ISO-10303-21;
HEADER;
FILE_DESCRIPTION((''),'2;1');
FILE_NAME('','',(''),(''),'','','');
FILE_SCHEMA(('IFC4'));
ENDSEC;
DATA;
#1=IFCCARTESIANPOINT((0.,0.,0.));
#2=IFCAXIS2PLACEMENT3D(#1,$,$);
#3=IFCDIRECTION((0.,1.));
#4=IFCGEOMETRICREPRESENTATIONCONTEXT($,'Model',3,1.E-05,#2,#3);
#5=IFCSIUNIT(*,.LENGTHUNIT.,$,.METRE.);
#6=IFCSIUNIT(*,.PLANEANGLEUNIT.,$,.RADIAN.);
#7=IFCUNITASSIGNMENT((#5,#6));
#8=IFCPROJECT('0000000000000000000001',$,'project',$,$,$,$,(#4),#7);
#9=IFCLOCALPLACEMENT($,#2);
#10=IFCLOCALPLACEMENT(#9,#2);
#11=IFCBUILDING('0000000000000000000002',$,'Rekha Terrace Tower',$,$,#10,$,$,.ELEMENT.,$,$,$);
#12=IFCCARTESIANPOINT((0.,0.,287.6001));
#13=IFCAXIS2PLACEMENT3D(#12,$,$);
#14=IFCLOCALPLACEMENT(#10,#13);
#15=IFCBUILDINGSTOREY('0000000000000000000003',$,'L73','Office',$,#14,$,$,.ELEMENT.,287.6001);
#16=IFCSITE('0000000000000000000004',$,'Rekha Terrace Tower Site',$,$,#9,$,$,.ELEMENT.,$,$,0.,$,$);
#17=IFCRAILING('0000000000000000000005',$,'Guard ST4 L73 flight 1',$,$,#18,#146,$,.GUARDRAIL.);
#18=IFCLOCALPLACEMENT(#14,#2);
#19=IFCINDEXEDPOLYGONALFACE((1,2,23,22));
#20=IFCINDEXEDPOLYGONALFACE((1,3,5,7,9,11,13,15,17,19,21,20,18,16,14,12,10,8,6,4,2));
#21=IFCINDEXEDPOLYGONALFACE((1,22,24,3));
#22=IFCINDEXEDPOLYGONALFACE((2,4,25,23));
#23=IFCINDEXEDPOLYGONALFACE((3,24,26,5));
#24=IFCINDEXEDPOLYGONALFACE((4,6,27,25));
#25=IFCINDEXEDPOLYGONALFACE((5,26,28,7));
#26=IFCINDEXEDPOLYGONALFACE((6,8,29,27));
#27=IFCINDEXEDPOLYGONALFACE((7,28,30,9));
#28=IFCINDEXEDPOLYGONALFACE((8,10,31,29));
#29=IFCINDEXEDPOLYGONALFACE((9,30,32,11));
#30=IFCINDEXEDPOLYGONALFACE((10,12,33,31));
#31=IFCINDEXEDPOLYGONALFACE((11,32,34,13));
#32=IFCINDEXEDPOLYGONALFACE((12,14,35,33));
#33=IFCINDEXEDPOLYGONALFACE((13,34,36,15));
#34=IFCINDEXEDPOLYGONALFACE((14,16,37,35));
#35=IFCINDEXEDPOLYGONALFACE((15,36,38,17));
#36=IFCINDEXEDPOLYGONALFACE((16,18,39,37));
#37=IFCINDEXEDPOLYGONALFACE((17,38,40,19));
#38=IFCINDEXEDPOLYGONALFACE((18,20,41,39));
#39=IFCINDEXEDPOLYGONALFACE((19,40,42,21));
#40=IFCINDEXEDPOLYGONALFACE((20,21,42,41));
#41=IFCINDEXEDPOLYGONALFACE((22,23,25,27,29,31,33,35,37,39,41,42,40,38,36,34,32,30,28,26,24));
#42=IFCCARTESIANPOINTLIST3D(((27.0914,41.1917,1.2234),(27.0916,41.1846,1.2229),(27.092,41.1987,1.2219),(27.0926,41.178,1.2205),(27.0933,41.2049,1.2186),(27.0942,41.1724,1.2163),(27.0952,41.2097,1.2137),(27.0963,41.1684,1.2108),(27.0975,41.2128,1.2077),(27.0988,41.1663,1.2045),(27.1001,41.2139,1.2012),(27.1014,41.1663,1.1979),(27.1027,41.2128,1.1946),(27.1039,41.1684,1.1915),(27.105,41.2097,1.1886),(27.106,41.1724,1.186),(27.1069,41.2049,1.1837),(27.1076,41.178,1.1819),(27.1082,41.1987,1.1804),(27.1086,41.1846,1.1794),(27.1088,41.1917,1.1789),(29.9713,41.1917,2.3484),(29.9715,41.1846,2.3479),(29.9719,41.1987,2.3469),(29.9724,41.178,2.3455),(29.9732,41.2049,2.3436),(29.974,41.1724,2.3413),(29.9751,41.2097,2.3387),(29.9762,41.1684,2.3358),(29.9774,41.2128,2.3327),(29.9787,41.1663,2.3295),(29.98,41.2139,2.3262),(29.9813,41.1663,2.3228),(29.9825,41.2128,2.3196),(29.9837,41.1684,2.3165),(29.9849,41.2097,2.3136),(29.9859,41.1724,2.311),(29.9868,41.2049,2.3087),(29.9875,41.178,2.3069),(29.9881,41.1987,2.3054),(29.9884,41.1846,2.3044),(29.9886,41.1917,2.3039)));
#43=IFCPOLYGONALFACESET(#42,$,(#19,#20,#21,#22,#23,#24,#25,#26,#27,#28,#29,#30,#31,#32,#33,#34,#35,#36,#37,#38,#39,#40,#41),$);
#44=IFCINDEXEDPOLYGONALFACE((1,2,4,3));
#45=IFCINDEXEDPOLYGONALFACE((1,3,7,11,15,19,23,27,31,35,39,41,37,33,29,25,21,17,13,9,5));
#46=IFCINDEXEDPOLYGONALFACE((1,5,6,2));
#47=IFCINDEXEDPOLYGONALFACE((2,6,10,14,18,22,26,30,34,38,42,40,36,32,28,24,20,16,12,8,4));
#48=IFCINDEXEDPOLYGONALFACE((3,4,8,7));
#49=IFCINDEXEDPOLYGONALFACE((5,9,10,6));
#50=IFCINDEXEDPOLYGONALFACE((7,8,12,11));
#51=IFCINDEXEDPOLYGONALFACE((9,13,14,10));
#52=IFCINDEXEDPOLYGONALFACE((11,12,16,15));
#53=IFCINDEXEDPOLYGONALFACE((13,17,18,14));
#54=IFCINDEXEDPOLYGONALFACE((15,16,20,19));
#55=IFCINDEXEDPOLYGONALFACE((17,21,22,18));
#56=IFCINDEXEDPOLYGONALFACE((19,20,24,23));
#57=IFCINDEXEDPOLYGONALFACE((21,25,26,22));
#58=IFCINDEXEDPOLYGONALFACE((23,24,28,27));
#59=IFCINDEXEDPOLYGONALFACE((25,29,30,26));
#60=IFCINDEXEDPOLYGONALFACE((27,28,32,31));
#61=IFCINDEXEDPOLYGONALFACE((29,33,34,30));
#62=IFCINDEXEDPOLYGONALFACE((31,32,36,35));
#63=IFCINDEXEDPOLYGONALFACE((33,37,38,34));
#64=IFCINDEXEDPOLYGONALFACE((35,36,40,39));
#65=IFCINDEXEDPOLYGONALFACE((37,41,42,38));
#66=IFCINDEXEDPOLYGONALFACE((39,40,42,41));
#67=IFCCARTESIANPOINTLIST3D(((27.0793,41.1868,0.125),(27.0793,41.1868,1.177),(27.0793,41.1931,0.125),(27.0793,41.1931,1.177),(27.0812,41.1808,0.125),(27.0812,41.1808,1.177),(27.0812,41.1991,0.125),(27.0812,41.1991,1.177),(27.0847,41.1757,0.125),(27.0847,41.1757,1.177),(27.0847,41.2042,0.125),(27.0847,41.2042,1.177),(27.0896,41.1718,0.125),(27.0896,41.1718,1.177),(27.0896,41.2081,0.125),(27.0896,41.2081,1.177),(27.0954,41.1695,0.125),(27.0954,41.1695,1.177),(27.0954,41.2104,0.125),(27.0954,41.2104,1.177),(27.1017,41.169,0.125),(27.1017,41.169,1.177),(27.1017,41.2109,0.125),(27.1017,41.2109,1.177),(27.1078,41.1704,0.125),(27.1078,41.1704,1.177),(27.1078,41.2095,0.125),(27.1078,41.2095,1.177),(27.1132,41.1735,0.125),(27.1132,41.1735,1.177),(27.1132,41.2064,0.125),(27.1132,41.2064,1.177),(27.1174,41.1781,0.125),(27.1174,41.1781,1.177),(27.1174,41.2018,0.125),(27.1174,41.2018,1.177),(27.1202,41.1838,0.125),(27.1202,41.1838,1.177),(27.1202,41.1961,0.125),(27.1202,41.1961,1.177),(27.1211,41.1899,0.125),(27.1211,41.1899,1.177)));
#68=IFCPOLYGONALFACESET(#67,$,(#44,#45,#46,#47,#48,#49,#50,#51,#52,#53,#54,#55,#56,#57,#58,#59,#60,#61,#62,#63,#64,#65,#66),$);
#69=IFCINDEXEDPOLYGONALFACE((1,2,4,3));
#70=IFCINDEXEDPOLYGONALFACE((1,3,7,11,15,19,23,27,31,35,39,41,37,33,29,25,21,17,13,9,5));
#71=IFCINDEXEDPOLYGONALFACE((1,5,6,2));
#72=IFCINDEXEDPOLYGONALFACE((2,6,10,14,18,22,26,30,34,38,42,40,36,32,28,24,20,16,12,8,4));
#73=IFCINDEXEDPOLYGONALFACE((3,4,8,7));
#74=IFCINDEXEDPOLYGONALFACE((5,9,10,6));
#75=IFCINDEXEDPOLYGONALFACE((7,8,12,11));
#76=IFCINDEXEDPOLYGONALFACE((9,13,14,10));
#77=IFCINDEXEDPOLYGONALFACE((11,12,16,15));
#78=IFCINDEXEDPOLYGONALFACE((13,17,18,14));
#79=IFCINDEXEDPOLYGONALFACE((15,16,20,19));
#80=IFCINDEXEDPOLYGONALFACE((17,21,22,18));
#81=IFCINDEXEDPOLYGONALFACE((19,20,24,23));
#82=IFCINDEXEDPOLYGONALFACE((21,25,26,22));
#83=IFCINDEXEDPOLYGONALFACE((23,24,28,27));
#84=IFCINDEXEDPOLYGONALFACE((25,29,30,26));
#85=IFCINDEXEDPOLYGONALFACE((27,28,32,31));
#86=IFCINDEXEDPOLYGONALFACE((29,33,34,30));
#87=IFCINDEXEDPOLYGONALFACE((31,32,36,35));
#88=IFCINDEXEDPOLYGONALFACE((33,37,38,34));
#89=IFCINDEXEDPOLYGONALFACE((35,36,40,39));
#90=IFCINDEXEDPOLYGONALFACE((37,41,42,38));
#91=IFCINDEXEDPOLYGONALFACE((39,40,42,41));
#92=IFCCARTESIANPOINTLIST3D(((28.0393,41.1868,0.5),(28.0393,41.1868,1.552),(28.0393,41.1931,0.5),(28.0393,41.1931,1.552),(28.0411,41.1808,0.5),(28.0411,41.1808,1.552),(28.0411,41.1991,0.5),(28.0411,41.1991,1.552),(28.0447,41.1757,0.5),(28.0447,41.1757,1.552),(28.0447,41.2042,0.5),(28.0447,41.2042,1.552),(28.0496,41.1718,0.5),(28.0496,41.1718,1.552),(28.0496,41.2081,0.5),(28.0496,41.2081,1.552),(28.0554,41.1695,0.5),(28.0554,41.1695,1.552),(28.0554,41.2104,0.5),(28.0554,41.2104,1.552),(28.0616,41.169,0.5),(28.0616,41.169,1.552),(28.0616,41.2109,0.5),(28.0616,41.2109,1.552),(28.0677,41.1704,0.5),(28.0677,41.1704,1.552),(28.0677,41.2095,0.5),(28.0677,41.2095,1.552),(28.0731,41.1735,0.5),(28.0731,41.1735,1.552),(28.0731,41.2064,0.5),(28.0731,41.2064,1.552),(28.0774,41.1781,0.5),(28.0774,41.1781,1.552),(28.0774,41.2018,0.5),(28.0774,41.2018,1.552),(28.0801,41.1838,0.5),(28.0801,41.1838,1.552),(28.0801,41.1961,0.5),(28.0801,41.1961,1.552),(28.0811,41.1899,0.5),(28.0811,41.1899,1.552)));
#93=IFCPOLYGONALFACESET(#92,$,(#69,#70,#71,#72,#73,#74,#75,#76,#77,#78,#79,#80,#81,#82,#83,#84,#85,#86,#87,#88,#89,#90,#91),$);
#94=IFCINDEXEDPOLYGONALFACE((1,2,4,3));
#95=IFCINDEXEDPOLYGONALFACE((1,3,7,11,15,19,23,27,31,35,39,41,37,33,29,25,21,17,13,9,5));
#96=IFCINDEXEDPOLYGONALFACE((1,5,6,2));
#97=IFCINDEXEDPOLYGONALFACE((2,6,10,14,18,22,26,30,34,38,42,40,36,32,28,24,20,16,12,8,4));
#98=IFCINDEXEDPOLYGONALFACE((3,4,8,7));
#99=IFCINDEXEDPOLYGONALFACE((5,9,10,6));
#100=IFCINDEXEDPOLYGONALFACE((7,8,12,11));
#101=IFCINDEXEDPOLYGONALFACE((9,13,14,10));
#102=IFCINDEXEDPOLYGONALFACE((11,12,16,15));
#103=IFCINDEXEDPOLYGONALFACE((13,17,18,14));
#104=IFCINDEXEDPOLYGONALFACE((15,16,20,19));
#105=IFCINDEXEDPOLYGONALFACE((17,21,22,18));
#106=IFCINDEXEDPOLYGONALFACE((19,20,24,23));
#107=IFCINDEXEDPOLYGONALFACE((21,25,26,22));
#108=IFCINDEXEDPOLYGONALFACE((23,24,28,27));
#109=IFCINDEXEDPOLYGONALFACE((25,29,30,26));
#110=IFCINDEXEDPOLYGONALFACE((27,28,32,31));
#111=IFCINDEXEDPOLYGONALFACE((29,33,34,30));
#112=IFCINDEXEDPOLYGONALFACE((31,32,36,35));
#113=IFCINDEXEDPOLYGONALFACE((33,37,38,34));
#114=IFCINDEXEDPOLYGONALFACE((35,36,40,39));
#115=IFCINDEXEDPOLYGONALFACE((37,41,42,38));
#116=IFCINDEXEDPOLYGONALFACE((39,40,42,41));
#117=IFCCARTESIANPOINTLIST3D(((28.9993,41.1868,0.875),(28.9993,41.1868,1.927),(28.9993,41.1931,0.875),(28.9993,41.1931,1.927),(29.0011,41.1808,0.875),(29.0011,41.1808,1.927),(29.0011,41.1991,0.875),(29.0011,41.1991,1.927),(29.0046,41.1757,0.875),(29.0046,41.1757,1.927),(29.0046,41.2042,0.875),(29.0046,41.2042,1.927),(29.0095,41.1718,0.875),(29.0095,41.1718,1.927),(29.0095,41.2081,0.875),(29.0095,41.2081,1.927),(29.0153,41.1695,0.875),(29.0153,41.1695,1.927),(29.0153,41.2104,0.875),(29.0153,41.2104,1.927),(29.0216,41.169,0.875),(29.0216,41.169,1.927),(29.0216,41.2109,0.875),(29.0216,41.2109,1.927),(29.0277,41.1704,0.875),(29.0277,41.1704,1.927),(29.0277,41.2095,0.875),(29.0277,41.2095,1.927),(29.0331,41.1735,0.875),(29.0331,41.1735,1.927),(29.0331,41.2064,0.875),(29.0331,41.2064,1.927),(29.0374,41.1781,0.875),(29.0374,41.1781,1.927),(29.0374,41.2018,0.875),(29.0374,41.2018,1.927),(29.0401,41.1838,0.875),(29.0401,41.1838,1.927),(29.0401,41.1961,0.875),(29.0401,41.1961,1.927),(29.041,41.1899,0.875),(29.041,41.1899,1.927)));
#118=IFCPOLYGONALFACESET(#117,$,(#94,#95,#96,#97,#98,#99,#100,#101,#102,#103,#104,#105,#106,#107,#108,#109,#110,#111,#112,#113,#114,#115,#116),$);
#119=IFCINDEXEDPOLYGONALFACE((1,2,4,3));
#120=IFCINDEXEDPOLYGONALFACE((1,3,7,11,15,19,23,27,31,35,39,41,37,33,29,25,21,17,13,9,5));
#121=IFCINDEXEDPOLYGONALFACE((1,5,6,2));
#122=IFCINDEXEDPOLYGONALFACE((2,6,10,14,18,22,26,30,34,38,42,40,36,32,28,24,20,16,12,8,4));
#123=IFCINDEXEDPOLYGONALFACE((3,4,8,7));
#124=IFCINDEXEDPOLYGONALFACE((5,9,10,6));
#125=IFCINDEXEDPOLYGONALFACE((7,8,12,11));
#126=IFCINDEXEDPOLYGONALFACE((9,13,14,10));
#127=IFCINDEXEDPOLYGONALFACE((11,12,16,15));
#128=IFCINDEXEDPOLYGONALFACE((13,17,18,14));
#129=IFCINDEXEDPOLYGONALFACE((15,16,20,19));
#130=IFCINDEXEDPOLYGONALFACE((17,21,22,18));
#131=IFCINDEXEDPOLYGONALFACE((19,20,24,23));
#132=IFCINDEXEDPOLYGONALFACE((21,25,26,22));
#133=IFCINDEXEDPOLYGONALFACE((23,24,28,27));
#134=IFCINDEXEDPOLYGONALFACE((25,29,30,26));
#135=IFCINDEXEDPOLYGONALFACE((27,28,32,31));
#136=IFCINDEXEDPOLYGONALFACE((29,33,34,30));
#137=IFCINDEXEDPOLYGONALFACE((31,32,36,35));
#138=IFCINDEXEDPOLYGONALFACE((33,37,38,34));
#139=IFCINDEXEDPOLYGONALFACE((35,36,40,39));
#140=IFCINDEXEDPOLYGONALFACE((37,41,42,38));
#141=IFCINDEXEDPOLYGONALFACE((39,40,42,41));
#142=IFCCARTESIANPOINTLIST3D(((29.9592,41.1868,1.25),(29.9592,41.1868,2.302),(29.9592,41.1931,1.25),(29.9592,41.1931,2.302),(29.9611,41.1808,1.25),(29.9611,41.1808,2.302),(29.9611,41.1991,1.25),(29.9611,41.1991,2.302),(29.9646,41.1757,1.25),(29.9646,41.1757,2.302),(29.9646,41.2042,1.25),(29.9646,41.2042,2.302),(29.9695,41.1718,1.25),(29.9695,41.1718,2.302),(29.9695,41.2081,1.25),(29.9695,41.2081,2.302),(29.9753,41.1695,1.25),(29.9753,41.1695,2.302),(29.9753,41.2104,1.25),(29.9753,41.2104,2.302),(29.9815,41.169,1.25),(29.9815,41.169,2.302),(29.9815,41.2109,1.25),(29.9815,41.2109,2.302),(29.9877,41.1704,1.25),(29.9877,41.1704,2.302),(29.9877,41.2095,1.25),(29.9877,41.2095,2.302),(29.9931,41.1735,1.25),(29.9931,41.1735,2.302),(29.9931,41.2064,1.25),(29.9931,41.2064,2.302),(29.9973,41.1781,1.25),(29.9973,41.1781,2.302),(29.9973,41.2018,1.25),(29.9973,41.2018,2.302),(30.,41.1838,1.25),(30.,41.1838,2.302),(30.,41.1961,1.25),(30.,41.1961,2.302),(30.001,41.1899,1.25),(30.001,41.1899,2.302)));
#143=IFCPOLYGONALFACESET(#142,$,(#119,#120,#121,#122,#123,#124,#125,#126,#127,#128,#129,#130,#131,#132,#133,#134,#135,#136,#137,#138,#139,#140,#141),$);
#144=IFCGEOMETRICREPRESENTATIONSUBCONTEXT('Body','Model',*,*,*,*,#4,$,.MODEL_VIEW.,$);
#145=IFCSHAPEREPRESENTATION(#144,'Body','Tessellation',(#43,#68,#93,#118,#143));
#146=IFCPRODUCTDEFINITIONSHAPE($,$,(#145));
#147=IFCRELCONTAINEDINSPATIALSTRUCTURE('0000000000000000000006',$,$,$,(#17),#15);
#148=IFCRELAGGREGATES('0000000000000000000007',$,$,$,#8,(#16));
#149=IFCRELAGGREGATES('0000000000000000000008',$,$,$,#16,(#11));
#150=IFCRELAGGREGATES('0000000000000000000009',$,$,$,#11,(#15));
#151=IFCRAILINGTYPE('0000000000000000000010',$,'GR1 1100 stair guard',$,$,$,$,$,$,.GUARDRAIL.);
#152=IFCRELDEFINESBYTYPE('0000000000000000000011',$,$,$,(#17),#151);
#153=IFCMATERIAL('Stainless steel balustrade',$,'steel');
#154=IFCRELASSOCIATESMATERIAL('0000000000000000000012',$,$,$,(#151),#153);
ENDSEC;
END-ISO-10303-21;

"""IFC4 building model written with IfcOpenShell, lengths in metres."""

from ifc_helpers import new_model, si_unit, direction, frame, origin, origin_2d, place, context, subcontext, project, spatial, circle, extrude, material, type_object, element, save


model = new_model("IFC4")

# Units and contexts
model_context = context("Model", 3, precision=1e-05, world=origin(), true_north=direction((0.0, 1.0)))
body_context = subcontext(model_context, "Body", "Model", "MODEL_VIEW")
ifc_project = project(units=[si_unit("LENGTHUNIT", "METRE"), si_unit("PLANEANGLEUNIT", "RADIAN")], contexts=[model_context])

# Site, building, storey
site_placement = place(None, origin())
site = spatial("IfcSite", under=ifc_project, at=site_placement, Name="Rekha Terrace Tower Site", CompositionType="ELEMENT", RefElevation=0.0)
building_placement = place(site_placement, origin())
building = spatial("IfcBuilding", under=site, at=building_placement, Name="Rekha Terrace Tower", CompositionType="ELEMENT")
storey_placement = place(building_placement, frame((0.0, 0.0, 287.6001)))
storey = spatial("IfcBuildingStorey", under=building, at=storey_placement, Name="L73", Description="Office", CompositionType="ELEMENT", Elevation=287.6001)

# Railing
ifc_material_1 = material(Name="Stainless steel balustrade", Category="steel")
railing_type_1 = type_object("IfcRailingType", Name="GR1 1100 stair guard", PredefinedType="GUARDRAIL", material=ifc_material_1)
railing_1_placement = place(storey_placement, frame((27.1001, 41.1899, 0.125)))
element("IfcRailing", 1, at=railing_1_placement, inside=storey, type_object=railing_type_1, Name="Guard ST4 L73 flight 1", PredefinedType="GUARDRAIL", context=body_context, shape_type="SweptSolid", body=[
    extrude(circle(Radius=0.0239, at=origin_2d()), frame((0.0, 0.0, 1.0762), z_axis=(0.931452, 0.0, 0.363863), x_axis=(0.0, 1.0, 0.0)), (0.0, 0.0, 1.0), 3.0918),
    extrude(circle(Radius=0.021, at=origin_2d()), origin(), (0.0, 0.0, 1.0), 1.052),
    extrude(circle(Radius=0.021, at=origin_2d()), frame((0.96, 0.0, 0.375)), (0.0, 0.0, 1.0), 1.052),
    extrude(circle(Radius=0.021, at=origin_2d()), frame((1.9199, 0.0, 0.75)), (0.0, 0.0, 1.0), 1.052),
    extrude(circle(Radius=0.021, at=origin_2d()), frame((2.8799, 0.0, 1.125)), (0.0, 0.0, 1.0), 1.052),
])

save(model, "model.ifc")
